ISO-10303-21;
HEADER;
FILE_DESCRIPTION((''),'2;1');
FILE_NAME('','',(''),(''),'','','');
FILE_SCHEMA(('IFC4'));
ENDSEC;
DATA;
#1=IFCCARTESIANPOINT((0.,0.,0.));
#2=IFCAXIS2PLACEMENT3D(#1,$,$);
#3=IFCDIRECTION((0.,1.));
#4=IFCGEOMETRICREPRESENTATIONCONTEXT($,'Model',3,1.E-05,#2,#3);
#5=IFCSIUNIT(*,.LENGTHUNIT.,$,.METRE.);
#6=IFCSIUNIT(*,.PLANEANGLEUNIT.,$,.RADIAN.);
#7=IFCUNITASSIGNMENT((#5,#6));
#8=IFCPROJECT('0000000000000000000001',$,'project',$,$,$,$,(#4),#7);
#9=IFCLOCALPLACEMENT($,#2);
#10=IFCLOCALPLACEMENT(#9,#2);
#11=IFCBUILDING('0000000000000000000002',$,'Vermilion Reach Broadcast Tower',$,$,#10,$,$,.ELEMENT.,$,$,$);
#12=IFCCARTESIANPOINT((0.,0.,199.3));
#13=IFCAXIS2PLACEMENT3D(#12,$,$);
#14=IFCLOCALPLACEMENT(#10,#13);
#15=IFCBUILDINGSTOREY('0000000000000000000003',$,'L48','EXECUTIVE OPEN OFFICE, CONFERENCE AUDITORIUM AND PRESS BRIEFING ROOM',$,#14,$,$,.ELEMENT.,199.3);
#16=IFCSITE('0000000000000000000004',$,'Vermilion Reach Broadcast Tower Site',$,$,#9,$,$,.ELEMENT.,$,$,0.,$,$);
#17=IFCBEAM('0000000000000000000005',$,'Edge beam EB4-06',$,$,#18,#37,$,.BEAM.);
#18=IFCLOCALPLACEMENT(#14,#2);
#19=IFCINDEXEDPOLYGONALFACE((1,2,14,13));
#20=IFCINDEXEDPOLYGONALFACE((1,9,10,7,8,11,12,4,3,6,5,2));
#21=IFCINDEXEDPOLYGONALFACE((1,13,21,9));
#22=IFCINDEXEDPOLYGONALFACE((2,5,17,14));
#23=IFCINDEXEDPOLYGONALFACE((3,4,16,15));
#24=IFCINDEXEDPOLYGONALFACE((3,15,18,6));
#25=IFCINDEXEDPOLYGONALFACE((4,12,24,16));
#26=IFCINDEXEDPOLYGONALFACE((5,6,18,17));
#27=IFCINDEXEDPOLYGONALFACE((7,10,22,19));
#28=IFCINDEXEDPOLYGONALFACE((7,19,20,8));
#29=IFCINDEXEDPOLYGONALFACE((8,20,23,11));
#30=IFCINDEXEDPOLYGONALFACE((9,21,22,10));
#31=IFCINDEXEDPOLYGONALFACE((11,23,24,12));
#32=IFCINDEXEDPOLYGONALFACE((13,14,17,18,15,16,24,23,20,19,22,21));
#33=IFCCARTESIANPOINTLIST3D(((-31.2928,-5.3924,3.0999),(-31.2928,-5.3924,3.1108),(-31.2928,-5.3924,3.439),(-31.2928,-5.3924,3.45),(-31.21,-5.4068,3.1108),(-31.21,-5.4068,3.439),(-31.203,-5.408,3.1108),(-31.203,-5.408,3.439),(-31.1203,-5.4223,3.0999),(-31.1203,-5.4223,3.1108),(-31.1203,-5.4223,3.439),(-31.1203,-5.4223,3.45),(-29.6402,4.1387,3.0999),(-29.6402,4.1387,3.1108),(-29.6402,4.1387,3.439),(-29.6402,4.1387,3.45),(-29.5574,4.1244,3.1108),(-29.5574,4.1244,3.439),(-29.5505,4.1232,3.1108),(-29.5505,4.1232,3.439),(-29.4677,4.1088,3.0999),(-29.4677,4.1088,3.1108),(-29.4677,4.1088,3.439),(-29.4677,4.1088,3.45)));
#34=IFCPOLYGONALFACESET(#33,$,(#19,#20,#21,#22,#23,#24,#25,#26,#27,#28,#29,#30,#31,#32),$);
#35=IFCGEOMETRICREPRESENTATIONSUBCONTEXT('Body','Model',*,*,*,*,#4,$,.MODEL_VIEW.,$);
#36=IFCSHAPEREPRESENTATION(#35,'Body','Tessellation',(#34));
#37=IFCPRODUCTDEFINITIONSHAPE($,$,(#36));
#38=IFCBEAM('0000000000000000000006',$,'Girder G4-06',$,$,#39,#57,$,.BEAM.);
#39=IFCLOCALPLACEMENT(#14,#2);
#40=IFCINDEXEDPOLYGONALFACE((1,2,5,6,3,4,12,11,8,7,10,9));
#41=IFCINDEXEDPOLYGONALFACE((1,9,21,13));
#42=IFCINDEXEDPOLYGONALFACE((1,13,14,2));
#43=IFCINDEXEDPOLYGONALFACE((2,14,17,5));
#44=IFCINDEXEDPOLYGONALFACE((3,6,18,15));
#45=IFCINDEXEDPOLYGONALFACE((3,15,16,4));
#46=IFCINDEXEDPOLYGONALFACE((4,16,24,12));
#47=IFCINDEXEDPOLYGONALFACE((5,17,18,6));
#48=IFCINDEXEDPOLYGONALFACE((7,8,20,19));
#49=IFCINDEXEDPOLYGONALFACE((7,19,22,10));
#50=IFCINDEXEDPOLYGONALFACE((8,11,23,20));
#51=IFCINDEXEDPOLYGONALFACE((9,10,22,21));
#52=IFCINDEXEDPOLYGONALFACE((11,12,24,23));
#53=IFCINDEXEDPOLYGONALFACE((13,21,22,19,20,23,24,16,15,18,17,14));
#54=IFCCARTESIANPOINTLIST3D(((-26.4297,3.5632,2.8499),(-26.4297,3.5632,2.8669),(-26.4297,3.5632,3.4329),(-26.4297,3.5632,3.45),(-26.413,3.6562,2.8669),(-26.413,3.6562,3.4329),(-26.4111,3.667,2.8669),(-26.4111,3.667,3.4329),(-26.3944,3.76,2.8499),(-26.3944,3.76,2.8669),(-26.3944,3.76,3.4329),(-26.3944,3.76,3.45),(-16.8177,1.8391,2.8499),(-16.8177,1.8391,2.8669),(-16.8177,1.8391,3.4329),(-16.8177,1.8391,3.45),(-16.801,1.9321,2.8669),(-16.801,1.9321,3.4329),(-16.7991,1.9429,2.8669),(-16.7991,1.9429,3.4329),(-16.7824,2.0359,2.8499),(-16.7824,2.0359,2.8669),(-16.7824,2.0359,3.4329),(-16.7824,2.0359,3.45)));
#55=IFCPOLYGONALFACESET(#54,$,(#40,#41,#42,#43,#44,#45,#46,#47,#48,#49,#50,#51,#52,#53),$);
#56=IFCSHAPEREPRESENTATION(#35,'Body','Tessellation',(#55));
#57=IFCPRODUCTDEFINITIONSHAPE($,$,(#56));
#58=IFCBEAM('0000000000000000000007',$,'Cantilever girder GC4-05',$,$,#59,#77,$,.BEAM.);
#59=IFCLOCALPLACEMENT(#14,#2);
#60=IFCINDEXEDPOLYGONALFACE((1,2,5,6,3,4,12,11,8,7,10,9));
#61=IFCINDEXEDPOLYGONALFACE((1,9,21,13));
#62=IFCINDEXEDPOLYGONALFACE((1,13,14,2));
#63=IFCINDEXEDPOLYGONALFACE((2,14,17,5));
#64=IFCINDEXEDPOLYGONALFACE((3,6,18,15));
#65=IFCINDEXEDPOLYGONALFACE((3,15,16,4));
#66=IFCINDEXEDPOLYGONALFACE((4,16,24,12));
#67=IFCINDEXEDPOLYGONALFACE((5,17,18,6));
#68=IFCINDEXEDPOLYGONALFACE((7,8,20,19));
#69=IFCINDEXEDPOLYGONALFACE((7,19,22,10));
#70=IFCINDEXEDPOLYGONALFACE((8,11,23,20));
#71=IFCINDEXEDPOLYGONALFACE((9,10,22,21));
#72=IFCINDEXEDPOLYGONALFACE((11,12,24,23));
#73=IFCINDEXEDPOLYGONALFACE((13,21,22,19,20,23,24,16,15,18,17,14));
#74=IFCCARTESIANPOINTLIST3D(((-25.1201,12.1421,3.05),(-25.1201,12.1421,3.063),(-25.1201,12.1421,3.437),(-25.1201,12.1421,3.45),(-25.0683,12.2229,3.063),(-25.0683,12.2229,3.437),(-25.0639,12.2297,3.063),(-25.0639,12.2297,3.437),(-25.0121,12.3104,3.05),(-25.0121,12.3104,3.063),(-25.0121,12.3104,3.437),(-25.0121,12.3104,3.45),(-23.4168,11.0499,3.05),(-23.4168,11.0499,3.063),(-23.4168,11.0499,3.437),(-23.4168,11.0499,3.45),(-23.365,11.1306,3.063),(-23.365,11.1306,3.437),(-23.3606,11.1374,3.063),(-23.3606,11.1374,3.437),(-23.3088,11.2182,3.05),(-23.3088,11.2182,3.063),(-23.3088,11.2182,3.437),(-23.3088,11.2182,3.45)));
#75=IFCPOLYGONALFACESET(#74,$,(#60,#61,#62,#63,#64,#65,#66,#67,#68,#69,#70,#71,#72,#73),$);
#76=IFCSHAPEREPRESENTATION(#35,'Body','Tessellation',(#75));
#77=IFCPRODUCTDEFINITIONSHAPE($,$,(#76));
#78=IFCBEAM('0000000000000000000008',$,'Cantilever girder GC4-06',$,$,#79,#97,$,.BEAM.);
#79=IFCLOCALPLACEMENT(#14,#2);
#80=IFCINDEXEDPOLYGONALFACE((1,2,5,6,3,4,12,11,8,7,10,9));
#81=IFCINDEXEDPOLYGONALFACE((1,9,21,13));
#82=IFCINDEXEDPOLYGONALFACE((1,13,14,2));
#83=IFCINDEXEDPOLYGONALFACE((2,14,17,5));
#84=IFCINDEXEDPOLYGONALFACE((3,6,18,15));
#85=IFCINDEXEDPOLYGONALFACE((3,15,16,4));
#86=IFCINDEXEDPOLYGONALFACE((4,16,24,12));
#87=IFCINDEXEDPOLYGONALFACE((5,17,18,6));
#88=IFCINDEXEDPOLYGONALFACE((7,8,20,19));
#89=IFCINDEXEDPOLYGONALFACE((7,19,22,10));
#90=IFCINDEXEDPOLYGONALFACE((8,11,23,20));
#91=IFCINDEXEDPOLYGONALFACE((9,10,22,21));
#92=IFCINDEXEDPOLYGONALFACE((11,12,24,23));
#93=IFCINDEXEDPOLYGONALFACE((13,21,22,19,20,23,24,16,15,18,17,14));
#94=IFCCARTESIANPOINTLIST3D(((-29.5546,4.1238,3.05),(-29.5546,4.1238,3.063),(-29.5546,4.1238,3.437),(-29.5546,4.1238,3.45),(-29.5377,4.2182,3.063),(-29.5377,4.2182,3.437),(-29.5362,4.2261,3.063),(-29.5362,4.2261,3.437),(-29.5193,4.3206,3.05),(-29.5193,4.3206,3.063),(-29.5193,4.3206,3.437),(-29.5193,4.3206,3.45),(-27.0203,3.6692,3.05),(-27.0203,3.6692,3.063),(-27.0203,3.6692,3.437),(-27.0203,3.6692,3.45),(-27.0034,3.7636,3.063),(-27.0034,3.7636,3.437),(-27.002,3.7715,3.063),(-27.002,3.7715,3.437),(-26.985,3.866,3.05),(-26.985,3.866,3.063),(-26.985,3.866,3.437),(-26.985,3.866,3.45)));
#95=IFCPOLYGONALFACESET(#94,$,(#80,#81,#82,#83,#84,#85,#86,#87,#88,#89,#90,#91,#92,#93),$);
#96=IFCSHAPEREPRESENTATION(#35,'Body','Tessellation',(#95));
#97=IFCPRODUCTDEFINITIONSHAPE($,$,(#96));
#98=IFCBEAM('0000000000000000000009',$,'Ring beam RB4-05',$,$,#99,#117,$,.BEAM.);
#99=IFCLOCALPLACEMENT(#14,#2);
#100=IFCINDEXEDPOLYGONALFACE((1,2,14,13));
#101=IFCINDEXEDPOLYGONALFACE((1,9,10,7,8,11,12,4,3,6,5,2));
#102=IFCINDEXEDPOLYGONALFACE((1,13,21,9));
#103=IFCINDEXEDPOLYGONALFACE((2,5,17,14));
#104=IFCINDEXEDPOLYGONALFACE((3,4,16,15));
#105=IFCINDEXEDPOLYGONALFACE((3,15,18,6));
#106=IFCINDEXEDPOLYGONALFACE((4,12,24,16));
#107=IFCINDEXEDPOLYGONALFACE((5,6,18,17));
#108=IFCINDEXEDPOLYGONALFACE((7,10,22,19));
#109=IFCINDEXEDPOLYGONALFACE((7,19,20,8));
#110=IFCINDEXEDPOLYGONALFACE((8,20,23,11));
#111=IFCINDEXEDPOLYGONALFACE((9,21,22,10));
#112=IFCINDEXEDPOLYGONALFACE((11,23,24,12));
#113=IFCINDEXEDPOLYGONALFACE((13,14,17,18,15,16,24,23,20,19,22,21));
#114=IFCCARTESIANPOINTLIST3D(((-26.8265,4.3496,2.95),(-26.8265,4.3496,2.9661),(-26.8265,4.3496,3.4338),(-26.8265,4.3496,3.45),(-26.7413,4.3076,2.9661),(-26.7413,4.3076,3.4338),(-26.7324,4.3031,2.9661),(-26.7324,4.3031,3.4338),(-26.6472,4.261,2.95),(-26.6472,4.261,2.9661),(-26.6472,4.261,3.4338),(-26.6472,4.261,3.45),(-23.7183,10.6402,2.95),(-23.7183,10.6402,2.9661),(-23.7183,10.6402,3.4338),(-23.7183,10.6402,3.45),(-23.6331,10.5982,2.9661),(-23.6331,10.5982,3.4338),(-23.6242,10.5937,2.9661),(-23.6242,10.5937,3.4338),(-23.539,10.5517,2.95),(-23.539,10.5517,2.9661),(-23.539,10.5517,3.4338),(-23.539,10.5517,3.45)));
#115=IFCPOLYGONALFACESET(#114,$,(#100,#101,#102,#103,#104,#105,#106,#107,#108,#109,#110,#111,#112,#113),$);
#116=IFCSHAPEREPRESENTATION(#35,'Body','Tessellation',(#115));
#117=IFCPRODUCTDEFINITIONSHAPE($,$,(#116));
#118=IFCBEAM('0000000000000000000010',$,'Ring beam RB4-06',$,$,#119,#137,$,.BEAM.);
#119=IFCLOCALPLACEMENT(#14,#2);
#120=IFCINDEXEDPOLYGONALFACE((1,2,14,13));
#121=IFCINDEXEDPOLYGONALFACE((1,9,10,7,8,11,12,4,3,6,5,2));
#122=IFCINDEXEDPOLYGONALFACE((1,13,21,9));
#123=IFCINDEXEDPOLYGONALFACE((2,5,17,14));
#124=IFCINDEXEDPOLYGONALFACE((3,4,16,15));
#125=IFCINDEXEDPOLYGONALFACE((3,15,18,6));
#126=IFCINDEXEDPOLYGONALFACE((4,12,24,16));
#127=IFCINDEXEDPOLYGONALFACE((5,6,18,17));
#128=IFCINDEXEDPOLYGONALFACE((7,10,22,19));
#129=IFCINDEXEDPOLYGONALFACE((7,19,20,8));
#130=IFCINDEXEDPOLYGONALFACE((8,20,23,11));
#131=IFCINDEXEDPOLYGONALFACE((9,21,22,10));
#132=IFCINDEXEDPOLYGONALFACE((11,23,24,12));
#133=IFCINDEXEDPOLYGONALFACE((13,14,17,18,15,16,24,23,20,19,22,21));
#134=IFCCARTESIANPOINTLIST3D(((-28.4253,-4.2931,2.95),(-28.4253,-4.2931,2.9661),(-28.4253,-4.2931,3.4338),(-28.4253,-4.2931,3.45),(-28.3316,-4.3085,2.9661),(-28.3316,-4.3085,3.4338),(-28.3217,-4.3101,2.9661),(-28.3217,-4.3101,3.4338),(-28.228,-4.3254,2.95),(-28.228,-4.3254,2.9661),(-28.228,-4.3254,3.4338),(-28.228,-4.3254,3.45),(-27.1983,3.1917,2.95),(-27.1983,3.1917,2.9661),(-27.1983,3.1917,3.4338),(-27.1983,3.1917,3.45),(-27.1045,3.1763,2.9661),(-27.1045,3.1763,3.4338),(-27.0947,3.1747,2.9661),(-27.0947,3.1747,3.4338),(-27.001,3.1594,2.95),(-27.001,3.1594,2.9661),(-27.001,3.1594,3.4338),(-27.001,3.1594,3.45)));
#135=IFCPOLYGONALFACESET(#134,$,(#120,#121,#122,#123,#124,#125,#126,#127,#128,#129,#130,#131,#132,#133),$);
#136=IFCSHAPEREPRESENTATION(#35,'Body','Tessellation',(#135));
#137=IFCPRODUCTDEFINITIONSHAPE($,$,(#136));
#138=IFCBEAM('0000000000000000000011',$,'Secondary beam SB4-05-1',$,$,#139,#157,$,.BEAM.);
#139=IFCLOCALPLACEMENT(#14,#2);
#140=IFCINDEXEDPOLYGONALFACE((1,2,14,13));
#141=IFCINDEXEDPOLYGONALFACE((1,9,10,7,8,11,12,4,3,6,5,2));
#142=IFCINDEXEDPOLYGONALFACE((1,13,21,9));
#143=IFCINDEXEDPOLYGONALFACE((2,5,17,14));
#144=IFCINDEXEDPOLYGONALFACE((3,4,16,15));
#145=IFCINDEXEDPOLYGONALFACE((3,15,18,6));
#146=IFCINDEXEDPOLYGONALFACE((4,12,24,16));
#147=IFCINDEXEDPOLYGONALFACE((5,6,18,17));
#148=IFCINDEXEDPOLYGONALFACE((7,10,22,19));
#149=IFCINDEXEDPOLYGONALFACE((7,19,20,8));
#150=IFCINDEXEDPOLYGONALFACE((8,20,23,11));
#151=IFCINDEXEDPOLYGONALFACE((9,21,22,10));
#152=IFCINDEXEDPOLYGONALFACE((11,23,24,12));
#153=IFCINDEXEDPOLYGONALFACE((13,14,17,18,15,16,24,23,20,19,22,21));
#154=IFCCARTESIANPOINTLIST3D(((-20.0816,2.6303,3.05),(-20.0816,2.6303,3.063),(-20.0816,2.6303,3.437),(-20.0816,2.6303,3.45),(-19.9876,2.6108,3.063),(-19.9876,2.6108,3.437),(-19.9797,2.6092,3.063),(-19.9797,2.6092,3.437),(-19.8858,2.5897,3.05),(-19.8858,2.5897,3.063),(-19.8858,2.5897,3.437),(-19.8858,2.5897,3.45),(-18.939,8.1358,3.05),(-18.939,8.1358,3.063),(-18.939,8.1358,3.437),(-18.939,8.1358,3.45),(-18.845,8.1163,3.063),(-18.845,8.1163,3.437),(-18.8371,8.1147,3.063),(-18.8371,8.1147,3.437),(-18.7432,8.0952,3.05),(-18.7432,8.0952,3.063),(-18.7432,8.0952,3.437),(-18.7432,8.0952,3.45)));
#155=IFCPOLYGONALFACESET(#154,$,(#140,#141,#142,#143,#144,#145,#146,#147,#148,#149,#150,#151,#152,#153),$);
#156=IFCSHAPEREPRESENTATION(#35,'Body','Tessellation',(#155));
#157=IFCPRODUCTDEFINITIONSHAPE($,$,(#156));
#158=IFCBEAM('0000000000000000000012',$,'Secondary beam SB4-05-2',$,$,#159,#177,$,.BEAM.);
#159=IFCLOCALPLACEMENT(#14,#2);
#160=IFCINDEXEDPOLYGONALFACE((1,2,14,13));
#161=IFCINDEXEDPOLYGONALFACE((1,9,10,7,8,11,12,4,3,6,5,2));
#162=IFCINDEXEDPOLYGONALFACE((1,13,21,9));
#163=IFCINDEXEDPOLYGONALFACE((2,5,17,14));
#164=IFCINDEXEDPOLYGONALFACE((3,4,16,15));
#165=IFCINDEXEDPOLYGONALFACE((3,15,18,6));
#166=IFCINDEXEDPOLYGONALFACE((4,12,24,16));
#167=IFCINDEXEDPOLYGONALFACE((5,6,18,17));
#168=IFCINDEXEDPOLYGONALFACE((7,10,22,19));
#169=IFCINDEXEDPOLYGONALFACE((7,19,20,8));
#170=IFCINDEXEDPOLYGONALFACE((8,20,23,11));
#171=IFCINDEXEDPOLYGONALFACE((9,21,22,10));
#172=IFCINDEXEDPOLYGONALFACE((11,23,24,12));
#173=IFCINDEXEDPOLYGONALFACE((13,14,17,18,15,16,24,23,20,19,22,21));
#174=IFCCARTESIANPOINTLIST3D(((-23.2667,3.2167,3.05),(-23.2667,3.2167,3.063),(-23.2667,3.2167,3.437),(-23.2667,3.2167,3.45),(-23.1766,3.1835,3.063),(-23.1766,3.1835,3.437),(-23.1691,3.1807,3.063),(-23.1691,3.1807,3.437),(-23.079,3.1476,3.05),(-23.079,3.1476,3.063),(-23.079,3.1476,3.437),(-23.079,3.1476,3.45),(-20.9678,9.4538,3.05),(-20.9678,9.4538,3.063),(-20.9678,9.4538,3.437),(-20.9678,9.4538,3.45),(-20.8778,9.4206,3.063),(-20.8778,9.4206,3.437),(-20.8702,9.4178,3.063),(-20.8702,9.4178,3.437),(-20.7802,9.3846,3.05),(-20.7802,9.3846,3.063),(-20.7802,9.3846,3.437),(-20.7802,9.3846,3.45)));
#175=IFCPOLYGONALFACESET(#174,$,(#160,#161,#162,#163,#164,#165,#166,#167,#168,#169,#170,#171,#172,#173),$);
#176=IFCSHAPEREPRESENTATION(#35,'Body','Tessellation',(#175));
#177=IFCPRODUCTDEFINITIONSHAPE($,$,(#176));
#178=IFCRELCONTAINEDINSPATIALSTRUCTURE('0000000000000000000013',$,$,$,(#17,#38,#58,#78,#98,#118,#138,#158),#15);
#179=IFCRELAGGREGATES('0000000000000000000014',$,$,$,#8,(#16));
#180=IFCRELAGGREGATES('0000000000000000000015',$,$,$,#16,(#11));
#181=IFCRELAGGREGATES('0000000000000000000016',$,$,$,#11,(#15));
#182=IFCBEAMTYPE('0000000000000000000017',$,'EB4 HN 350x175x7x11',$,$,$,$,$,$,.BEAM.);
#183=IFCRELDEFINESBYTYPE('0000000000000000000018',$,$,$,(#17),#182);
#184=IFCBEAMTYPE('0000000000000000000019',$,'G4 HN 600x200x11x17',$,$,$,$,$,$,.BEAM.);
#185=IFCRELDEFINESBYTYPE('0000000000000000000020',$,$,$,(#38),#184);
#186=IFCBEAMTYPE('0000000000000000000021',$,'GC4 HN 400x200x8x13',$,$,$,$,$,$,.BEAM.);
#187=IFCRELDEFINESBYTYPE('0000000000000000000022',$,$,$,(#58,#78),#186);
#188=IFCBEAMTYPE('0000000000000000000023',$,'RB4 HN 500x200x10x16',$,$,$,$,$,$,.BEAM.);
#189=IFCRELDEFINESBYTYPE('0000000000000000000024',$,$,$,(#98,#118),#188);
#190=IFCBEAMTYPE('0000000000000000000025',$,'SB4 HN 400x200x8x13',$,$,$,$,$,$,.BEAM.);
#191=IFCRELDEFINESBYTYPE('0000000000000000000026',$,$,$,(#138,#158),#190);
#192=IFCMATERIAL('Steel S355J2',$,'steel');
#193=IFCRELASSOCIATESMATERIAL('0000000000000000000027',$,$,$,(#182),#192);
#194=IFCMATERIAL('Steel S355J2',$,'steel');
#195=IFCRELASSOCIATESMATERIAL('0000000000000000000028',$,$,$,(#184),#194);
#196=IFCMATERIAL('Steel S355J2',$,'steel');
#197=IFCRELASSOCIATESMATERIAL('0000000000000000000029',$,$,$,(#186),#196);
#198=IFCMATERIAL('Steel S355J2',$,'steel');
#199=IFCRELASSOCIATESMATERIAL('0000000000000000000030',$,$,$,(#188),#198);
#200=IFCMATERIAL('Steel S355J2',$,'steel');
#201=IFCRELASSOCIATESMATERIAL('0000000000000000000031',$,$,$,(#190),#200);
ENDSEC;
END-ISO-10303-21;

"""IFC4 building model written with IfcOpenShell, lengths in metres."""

from ifc_helpers import new_model, si_unit, direction, frame, origin, origin_2d, place, context, subcontext, project, spatial, i_section, extrude, material, material_profile, profile_set, type_object, element, save


model = new_model("IFC4")

# Units and contexts
model_context = context("Model", 3, precision=1e-05, world=origin(), true_north=direction((0.0, 1.0)))
body_context = subcontext(model_context, "Body", "Model", "MODEL_VIEW")
ifc_project = project(units=[si_unit("LENGTHUNIT", "METRE"), si_unit("PLANEANGLEUNIT", "RADIAN")], contexts=[model_context])

# Site, building, storey
site_placement = place(None, origin())
site = spatial("IfcSite", under=ifc_project, at=site_placement, Name="Vermilion Reach Broadcast Tower Site", CompositionType="ELEMENT", RefElevation=0.0)
building_placement = place(site_placement, origin())
building = spatial("IfcBuilding", under=site, at=building_placement, Name="Vermilion Reach Broadcast Tower", CompositionType="ELEMENT")
storey_placement = place(building_placement, frame((0.0, 0.0, 199.3)))
storey = spatial("IfcBuildingStorey", under=building, at=storey_placement, Name="L48", Description="EXECUTIVE OPEN OFFICE, CONFERENCE AUDITORIUM AND PRESS BRIEFING ROOM", CompositionType="ELEMENT", Elevation=199.3)

# Beams
ifc_material_1 = material(Name="Steel S355J2", Category="steel")
ifc_material_profile_1 = material_profile(ifc_material_1, i_section(OverallWidth=0.175, OverallDepth=0.3501, WebThickness=0.0071, FlangeThickness=0.011, at=origin_2d()), Name="S355J2 HN 350x175x7x11")
ifc_profile_set_1 = profile_set([ifc_material_profile_1], Name="Steel S355J2")
beam_type_1 = type_object("IfcBeamType", Name="EB4 HN 350x175x7x11", PredefinedType="BEAM", material=ifc_profile_set_1)
beam_1_placement = place(storey_placement, frame((-29.554, 4.1238, 3.2749), z_axis=(-0.170837, -0.985299, 0.0), x_axis=(0.985299, -0.170837, 0.0)))
element("IfcBeam", 1, at=beam_1_placement, inside=storey, type_object=beam_type_1, Name="Edge beam EB4-06", PredefinedType="BEAM", context=body_context, shape_type="SweptSolid", body=[
    extrude(i_section(OverallWidth=0.175, OverallDepth=0.3501, WebThickness=0.0071, FlangeThickness=0.011, at=origin_2d()), origin(), (0.0, 0.0, 1.0), 9.6733),
])
ifc_material_2 = material(Name="Steel S355J2", Category="steel")
ifc_material_profile_2 = material_profile(ifc_material_2, i_section(OverallWidth=0.2, OverallDepth=0.6001, WebThickness=0.011, FlangeThickness=0.0171, at=origin_2d()), Name="S355J2 HN 600x200x11x17")
ifc_profile_set_2 = profile_set([ifc_material_profile_2], Name="Steel S355J2")
beam_type_2 = type_object("IfcBeamType", Name="G4 HN 600x200x11x17", PredefinedType="BEAM", material=ifc_profile_set_2)
beam_2_placement = place(storey_placement, frame((-16.8, 1.9375, 3.1499), z_axis=(-0.984291, 0.176553, 0.0), x_axis=(-0.176553, -0.984291, 0.0)))
element("IfcBeam", 2, at=beam_2_placement, inside=storey, type_object=beam_type_2, Name="Girder G4-06", PredefinedType="BEAM", context=body_context, shape_type="SweptSolid", body=[
    extrude(i_section(OverallWidth=0.2, OverallDepth=0.6001, WebThickness=0.011, FlangeThickness=0.0171, at=origin_2d()), origin(), (0.0, 0.0, 1.0), 9.7654),
])
ifc_material_3 = material(Name="Steel S355J2", Category="steel")
ifc_material_profile_3 = material_profile(ifc_material_3, i_section(OverallWidth=0.2, OverallDepth=0.3999, WebThickness=0.0081, FlangeThickness=0.0129, at=origin_2d()), Name="S355J2 HN 400x200x8x13")
ifc_profile_set_3 = profile_set([ifc_material_profile_3], Name="Steel S355J2")
beam_type_3 = type_object("IfcBeamType", Name="GC4 HN 400x200x8x13", PredefinedType="BEAM", material=ifc_profile_set_3)
beam_3_placement = place(storey_placement, frame((-23.3628, 11.134, 3.25), z_axis=(-0.841793, 0.5398, 0.0), x_axis=(-0.5398, -0.841793, 0.0)))
element("IfcBeam", 3, at=beam_3_placement, inside=storey, type_object=beam_type_3, Name="Cantilever girder GC4-05", PredefinedType="BEAM", context=body_context, shape_type="SweptSolid", body=[
    extrude(i_section(OverallWidth=0.2, OverallDepth=0.3999, WebThickness=0.0081, FlangeThickness=0.0129, at=origin_2d()), origin(), (0.0, 0.0, 1.0), 2.0234),
])
beam_4_placement = place(storey_placement, frame((-27.0027, 3.7676, 3.25), z_axis=(-0.984289, 0.176565, 0.0), x_axis=(-0.176565, -0.984289, 0.0)))
element("IfcBeam", 4, at=beam_4_placement, inside=storey, type_object=beam_type_3, Name="Cantilever girder GC4-06", PredefinedType="BEAM", context=body_context, shape_type="SweptSolid", body=[
    extrude(i_section(OverallWidth=0.2, OverallDepth=0.3999, WebThickness=0.0081, FlangeThickness=0.0129, at=origin_2d()), origin(), (0.0, 0.0, 1.0), 2.5747),
])
ifc_material_4 = material(Name="Steel S355J2", Category="steel")
ifc_material_profile_4 = material_profile(ifc_material_4, i_section(OverallWidth=0.2, OverallDepth=0.5, WebThickness=0.01, FlangeThickness=0.0161, at=origin_2d()), Name="S355J2 HN 500x200x10x16")
ifc_profile_set_4 = profile_set([ifc_material_profile_4], Name="Steel S355J2")
beam_type_4 = type_object("IfcBeamType", Name="RB4 HN 500x200x10x16", PredefinedType="BEAM", material=ifc_profile_set_4)
beam_5_placement = place(storey_placement, frame((-23.6287, 10.5959, 3.2), z_axis=(-0.442977, -0.896533, 0.0), x_axis=(0.896533, -0.442977, 0.0)))
element("IfcBeam", 5, at=beam_5_placement, inside=storey, type_object=beam_type_4, Name="Ring beam RB4-05", PredefinedType="BEAM", context=body_context, shape_type="SweptSolid", body=[
    extrude(i_section(OverallWidth=0.2, OverallDepth=0.5, WebThickness=0.01, FlangeThickness=0.0161, at=origin_2d()), origin(), (0.0, 0.0, 1.0), 7.0166),
])
beam_6_placement = place(storey_placement, frame((-27.0996, 3.1755, 3.2), z_axis=(-0.161778, -0.986827, 0.0), x_axis=(0.986827, -0.161778, 0.0)))
element("IfcBeam", 6, at=beam_6_placement, inside=storey, type_object=beam_type_4, Name="Ring beam RB4-06", PredefinedType="BEAM", context=body_context, shape_type="SweptSolid", body=[
    extrude(i_section(OverallWidth=0.2, OverallDepth=0.5, WebThickness=0.01, FlangeThickness=0.0161, at=origin_2d()), origin(), (0.0, 0.0, 1.0), 7.5847),
])
ifc_material_5 = material(Name="Steel S355J2", Category="steel")
ifc_material_profile_5 = material_profile(ifc_material_5, i_section(OverallWidth=0.2, OverallDepth=0.3999, WebThickness=0.0081, FlangeThickness=0.0129, at=origin_2d()), Name="S355J2 HN 400x200x8x13")
ifc_profile_set_5 = profile_set([ifc_material_profile_5], Name="Steel S355J2")
beam_type_5 = type_object("IfcBeamType", Name="SB4 HN 400x200x8x13", PredefinedType="BEAM", material=ifc_profile_set_5)
beam_7_placement = place(storey_placement, frame((-18.8411, 8.1155, 3.25), z_axis=(-0.203209, -0.979135, 0.0), x_axis=(0.979135, -0.203209, 0.0)))
element("IfcBeam", 7, at=beam_7_placement, inside=storey, type_object=beam_type_5, Name="Secondary beam SB4-05-1", PredefinedType="BEAM", context=body_context, shape_type="SweptSolid", body=[
    extrude(i_section(OverallWidth=0.2, OverallDepth=0.3999, WebThickness=0.0081, FlangeThickness=0.0129, at=origin_2d()), origin(), (0.0, 0.0, 1.0), 5.6228),
])
beam_8_placement = place(storey_placement, frame((-20.874, 9.4192, 3.25), z_axis=(-0.345833, -0.938296, 0.0), x_axis=(0.938296, -0.345833, 0.0)))
element("IfcBeam", 8, at=beam_8_placement, inside=storey, type_object=beam_type_5, Name="Secondary beam SB4-05-2", PredefinedType="BEAM", context=body_context, shape_type="SweptSolid", body=[
    extrude(i_section(OverallWidth=0.2, OverallDepth=0.3999, WebThickness=0.0081, FlangeThickness=0.0129, at=origin_2d()), origin(), (0.0, 0.0, 1.0), 6.6472),
])

save(model, "model.ifc")
